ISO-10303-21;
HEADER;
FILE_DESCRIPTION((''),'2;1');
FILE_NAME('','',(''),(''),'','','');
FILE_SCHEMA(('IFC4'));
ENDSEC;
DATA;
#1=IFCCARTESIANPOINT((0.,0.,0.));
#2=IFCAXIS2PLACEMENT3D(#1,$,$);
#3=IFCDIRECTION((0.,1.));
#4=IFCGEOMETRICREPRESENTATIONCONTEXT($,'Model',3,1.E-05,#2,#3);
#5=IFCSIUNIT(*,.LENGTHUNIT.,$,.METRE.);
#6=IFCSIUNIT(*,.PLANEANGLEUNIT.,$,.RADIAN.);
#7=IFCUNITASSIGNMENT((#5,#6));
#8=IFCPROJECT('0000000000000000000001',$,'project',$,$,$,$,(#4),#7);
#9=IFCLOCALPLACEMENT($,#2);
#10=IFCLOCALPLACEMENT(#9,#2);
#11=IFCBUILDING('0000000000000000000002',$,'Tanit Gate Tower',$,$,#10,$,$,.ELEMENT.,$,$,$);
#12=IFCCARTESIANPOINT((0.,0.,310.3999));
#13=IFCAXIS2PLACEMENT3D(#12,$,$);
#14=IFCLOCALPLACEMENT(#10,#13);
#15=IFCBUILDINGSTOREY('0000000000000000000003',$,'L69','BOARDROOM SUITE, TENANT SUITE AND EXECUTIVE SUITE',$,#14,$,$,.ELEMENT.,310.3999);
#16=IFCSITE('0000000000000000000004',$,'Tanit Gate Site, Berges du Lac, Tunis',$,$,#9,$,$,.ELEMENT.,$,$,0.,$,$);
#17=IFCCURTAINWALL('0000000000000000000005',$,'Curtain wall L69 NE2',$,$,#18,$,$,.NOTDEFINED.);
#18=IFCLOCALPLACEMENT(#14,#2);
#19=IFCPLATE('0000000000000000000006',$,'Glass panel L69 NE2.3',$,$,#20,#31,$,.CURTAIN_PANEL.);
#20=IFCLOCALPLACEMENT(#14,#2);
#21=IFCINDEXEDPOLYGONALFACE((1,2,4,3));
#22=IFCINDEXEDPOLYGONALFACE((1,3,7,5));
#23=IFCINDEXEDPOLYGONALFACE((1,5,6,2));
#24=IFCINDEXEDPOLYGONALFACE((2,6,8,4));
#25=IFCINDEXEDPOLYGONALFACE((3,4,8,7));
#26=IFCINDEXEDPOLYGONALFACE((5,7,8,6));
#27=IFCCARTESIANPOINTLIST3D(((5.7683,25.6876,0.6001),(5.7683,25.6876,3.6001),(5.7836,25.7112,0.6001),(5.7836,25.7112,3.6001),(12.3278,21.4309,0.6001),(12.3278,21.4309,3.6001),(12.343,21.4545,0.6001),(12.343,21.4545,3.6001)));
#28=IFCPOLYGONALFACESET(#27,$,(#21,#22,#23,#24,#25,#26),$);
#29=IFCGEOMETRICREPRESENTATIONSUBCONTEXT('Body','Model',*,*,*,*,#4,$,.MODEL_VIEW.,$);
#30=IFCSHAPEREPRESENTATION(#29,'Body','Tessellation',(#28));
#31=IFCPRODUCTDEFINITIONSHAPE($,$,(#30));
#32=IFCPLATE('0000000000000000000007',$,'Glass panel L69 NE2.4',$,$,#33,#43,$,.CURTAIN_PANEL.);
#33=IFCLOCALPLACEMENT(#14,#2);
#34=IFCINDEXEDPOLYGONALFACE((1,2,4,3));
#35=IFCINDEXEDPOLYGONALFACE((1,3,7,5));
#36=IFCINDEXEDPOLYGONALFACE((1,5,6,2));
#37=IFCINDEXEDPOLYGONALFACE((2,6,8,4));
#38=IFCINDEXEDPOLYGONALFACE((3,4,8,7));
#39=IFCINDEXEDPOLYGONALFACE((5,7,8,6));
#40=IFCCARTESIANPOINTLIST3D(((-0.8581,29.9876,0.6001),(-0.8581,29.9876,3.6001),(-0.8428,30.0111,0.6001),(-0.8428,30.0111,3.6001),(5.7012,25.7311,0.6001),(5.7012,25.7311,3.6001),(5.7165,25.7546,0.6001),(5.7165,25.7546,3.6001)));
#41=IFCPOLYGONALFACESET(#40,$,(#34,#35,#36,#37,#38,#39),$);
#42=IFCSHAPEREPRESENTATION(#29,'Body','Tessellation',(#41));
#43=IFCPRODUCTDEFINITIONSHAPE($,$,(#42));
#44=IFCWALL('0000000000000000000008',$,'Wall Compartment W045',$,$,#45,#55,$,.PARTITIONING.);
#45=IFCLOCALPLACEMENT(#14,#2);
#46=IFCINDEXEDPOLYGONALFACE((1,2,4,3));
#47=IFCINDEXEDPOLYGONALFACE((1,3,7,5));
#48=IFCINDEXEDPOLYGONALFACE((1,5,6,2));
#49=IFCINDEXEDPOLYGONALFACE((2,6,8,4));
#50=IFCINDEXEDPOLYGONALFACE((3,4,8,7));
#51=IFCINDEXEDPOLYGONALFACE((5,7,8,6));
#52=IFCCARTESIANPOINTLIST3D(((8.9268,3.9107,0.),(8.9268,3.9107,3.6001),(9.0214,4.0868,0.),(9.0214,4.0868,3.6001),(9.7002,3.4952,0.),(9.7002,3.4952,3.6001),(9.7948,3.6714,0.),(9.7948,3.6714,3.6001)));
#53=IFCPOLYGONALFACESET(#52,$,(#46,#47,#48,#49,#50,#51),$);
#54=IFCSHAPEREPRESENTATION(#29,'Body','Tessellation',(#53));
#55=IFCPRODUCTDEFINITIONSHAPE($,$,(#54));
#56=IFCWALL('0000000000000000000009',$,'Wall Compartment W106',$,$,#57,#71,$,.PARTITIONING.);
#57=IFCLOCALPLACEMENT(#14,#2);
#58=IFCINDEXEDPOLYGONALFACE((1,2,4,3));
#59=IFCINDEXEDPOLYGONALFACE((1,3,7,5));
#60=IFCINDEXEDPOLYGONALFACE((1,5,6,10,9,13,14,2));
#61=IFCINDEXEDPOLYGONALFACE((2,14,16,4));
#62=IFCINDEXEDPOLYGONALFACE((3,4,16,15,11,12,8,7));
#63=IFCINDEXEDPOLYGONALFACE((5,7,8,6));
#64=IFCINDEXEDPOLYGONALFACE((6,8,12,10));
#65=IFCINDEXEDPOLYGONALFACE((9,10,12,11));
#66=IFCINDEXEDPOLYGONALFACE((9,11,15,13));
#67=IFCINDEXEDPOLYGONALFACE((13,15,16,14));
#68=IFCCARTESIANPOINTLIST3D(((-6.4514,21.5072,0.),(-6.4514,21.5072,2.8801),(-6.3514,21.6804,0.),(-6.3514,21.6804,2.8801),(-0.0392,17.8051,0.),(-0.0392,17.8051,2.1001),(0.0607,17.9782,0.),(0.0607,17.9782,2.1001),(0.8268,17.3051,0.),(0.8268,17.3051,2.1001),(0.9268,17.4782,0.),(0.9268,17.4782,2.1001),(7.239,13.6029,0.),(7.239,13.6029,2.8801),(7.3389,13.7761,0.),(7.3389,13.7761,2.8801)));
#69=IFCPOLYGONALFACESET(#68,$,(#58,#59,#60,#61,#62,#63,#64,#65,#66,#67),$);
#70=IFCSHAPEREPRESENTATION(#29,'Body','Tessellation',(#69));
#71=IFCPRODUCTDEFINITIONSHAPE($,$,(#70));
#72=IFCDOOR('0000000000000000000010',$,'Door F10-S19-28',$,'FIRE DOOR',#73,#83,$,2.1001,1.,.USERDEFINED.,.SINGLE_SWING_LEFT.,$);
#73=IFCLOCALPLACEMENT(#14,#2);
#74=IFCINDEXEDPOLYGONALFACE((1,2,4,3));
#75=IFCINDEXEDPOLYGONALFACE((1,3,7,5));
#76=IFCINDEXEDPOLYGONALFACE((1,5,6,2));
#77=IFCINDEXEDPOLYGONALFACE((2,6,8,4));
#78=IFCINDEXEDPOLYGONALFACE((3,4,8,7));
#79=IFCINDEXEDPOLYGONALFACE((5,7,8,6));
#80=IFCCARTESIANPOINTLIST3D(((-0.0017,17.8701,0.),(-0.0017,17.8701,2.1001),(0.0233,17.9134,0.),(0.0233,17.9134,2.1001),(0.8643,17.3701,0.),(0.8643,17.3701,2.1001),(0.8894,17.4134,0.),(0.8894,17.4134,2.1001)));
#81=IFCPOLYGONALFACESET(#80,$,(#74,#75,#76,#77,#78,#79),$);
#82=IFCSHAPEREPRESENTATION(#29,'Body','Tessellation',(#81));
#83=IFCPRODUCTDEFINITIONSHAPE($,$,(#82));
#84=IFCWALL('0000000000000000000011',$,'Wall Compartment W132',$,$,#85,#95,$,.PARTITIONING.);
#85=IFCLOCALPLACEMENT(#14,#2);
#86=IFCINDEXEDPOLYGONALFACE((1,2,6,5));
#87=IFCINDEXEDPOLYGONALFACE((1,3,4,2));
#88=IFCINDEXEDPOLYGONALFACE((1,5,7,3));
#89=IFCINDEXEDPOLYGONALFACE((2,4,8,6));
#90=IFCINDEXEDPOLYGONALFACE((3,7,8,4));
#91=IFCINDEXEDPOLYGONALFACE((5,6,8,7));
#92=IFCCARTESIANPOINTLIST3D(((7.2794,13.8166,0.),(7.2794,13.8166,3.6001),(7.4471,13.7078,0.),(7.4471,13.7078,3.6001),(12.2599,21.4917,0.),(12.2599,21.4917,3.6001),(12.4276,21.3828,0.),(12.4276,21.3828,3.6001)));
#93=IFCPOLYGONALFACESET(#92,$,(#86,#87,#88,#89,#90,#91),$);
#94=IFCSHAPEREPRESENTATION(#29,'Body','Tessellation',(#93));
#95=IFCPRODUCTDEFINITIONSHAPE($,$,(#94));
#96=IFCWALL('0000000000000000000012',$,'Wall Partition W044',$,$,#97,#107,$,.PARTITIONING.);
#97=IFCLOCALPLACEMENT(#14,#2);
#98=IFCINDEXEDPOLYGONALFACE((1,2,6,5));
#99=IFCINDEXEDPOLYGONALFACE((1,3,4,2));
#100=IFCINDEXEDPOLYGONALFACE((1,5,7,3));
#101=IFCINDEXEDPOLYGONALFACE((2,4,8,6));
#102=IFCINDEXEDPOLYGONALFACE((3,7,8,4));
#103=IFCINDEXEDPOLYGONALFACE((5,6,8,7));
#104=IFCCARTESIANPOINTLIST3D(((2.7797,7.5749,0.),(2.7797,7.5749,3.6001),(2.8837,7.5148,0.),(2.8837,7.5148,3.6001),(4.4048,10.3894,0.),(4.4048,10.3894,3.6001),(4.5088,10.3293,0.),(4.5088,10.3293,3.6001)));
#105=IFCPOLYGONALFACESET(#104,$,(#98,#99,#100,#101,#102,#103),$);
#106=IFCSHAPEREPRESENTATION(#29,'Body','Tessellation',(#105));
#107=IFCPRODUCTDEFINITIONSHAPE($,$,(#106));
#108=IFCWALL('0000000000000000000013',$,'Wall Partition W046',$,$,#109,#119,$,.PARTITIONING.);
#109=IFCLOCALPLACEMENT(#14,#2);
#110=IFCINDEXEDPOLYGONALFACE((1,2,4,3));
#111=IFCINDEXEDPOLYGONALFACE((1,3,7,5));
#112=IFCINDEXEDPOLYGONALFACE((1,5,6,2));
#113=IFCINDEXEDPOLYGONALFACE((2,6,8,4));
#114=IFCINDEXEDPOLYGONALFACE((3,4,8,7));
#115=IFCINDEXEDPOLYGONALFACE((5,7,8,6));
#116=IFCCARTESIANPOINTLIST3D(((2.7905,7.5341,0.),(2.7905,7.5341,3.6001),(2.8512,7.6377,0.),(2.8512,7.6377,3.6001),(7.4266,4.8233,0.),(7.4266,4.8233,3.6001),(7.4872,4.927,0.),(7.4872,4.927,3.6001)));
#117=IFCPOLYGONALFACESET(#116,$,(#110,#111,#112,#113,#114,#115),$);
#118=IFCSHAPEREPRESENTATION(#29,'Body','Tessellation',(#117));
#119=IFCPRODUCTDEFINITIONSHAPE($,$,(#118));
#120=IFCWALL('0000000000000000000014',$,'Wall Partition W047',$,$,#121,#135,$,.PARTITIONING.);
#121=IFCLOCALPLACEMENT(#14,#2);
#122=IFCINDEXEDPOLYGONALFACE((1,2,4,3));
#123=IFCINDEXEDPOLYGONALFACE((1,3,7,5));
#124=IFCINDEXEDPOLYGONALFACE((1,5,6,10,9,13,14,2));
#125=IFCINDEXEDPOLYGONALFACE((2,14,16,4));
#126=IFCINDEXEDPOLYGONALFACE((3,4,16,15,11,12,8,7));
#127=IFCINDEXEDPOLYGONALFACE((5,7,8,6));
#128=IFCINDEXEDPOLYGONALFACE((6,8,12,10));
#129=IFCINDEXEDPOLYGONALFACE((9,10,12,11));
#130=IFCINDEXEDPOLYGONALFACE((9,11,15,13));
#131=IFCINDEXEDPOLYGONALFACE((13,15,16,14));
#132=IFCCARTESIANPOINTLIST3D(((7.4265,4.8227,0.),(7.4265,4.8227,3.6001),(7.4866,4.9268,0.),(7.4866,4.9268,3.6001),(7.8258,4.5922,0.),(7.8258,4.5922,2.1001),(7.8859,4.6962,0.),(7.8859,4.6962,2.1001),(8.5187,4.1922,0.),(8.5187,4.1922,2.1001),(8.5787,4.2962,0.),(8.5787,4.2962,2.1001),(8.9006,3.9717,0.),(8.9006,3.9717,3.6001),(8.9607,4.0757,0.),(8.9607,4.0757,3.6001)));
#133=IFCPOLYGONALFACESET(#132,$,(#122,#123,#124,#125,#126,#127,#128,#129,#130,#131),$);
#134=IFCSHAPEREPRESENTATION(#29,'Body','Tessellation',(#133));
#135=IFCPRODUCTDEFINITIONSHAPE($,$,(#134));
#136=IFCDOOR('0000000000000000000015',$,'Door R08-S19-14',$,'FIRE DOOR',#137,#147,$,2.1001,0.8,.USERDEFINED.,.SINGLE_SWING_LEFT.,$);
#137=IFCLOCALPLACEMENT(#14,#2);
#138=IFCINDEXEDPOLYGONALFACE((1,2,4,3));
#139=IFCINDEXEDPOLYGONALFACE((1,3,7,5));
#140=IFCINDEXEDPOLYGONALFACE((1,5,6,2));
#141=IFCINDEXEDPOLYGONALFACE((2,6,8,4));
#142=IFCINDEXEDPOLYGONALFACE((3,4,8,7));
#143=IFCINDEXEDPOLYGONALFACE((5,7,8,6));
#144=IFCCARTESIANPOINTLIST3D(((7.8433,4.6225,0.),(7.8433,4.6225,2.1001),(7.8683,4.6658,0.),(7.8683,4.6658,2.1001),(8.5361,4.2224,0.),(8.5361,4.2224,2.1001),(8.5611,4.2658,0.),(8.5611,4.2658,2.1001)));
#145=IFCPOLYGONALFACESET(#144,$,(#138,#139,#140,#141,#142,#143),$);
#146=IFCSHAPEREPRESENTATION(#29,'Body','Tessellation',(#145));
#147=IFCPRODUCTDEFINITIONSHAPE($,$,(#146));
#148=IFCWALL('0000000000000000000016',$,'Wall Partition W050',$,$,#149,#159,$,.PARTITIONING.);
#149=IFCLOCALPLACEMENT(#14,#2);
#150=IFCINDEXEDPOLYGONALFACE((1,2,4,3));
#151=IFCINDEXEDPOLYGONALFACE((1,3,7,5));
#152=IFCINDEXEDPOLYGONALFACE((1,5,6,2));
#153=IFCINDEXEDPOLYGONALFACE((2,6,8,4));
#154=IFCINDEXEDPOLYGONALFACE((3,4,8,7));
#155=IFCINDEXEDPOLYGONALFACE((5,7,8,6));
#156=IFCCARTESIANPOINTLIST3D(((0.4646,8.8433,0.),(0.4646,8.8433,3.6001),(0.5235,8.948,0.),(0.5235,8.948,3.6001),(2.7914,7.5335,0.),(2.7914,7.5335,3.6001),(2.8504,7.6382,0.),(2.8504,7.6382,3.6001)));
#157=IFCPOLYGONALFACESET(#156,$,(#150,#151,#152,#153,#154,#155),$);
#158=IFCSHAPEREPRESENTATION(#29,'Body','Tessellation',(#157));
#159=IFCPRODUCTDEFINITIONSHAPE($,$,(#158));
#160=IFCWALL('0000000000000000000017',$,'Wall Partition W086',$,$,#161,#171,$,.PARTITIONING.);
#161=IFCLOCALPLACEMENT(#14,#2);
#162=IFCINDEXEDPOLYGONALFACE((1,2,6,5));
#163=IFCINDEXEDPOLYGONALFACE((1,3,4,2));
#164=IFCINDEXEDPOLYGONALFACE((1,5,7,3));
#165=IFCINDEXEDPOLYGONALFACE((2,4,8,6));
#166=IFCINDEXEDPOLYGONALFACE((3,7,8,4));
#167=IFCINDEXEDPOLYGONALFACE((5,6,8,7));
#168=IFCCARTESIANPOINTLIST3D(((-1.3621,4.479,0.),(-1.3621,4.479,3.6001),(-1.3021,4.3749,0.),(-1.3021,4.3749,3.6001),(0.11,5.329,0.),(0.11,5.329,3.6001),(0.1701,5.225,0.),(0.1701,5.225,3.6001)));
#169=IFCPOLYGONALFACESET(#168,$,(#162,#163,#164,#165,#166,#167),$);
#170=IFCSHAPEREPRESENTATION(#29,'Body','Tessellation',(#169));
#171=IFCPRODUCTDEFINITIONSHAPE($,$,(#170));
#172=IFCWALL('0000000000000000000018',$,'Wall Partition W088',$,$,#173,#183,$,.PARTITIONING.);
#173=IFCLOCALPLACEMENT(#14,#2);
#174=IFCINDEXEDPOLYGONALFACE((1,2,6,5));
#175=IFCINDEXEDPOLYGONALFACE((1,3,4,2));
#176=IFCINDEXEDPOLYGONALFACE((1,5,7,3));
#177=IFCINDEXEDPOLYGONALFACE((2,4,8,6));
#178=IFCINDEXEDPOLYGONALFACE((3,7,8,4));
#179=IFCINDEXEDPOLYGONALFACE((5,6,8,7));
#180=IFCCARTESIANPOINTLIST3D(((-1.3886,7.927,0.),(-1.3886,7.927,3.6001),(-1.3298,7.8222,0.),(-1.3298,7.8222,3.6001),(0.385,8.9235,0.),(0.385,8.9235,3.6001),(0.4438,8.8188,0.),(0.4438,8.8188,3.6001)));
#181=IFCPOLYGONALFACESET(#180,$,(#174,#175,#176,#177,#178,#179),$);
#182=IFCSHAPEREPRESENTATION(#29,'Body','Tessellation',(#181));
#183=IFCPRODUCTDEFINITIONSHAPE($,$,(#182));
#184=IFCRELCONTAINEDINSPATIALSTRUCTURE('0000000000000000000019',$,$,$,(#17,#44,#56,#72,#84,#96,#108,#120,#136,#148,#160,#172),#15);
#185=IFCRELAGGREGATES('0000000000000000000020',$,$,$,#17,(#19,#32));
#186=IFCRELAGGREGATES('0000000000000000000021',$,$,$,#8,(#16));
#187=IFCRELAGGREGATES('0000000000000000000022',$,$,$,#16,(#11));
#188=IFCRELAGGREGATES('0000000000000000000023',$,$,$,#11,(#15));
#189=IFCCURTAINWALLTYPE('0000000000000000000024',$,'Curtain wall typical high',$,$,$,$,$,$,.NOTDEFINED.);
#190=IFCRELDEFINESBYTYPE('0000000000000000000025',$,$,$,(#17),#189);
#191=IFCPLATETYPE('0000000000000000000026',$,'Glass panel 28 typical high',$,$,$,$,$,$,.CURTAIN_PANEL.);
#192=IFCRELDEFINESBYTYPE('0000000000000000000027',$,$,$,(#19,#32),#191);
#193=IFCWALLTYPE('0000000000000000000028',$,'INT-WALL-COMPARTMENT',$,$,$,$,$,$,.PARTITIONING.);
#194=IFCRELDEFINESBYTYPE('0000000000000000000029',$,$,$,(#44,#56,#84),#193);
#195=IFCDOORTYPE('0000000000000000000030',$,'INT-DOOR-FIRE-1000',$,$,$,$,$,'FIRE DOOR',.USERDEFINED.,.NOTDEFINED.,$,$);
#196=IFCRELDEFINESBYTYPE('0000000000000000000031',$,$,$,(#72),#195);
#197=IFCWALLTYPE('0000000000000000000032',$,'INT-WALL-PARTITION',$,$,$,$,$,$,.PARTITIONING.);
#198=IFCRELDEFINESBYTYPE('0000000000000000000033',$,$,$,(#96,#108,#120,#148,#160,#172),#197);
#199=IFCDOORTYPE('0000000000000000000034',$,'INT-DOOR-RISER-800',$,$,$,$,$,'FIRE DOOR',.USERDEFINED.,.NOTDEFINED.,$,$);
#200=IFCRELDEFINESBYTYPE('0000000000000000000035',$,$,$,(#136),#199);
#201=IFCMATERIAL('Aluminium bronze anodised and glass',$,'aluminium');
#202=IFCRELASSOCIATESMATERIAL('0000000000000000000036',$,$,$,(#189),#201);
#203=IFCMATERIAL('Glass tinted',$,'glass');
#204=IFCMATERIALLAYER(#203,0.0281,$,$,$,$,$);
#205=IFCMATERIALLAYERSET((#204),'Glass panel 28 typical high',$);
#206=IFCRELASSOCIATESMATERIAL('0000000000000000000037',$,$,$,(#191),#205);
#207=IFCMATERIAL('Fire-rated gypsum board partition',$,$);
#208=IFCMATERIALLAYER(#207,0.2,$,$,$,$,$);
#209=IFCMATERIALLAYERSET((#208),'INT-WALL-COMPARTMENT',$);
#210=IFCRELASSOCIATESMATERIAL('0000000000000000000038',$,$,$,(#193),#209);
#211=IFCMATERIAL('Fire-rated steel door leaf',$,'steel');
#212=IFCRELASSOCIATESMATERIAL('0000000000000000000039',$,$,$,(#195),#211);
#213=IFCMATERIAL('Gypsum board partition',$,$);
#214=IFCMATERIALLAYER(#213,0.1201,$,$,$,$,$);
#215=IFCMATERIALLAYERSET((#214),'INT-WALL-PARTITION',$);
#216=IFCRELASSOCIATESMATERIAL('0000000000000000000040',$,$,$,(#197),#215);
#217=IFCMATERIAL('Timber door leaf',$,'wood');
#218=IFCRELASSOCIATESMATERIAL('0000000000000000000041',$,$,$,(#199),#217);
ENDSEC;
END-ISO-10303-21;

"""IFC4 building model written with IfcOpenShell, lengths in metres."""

from ifc_helpers import new_model, si_unit, direction, frame, frame_2d, origin, origin_2d, place, context, subcontext, project, spatial, rectangle, extrude, material, layer, layer_set, type_object, element, fill, aggregate, save


model = new_model("IFC4")

# Units and contexts
model_context = context("Model", 3, precision=1e-05, world=origin(), true_north=direction((0.0, 1.0)))
body_context = subcontext(model_context, "Body", "Model", "MODEL_VIEW")
ifc_project = project(units=[si_unit("LENGTHUNIT", "METRE"), si_unit("PLANEANGLEUNIT", "RADIAN")], contexts=[model_context])

# Site, building, storey
site_placement = place(None, origin())
site = spatial("IfcSite", under=ifc_project, at=site_placement, Name="Tanit Gate Site, Berges du Lac, Tunis", CompositionType="ELEMENT", RefElevation=0.0)
building_placement = place(site_placement, origin())
building = spatial("IfcBuilding", under=site, at=building_placement, Name="Tanit Gate Tower", CompositionType="ELEMENT")
storey_placement = place(building_placement, frame((0.0, 0.0, 310.3999)))
storey = spatial("IfcBuildingStorey", under=building, at=storey_placement, Name="L69", Description="BOARDROOM SUITE, TENANT SUITE AND EXECUTIVE SUITE", CompositionType="ELEMENT", Elevation=310.3999)

# Curtain wall
ifc_material_1 = material(Name="Aluminium bronze anodised and glass", Category="aluminium")
curtain_wall_type = type_object("IfcCurtainWallType", Name="Curtain wall typical high", PredefinedType="NOTDEFINED", material=ifc_material_1)
curtain_wall_1_placement = place(storey_placement, origin())
curtain_wall_1 = element("IfcCurtainWall", 1, at=curtain_wall_1_placement, inside=storey, type_object=curtain_wall_type, Name="Curtain wall L69 NE2", PredefinedType="NOTDEFINED")

# Plates
ifc_material_2 = material(Name="Glass tinted", Category="glass")
ifc_layer_1 = layer(ifc_material_2, 0.0281)
ifc_layer_set_1 = layer_set([ifc_layer_1], Name="Glass panel 28 typical high")
plate_type = type_object("IfcPlateType", Name="Glass panel 28 typical high", PredefinedType="CURTAIN_PANEL", material=ifc_layer_set_1)
plate_1_placement = place(storey_placement, frame((9.0557, 23.571, 0.6001), z_axis=(0.0, 0.0, 1.0), x_axis=(-0.838852, 0.544359, 0.0)))
plate_1 = element("IfcPlate", 2, at=plate_1_placement, type_object=plate_type, Name="Glass panel L69 NE2.3", PredefinedType="CURTAIN_PANEL", context=body_context, shape_type="SweptSolid", body=[
    extrude(rectangle(XDim=7.8196, YDim=0.0281, at=origin_2d()), origin(), (0.0, 0.0, 1.0), 3.0),
])
plate_2_placement = place(storey_placement, frame((2.4292, 27.8711, 0.6001), z_axis=(0.0, 0.0, 1.0), x_axis=(-0.838852, 0.544359, 0.0)))
plate_2 = element("IfcPlate", 3, at=plate_2_placement, type_object=plate_type, Name="Glass panel L69 NE2.4", PredefinedType="CURTAIN_PANEL", context=body_context, shape_type="SweptSolid", body=[
    extrude(rectangle(XDim=7.8193, YDim=0.0281, at=origin_2d()), origin(), (0.0, 0.0, 1.0), 3.0),
])
aggregate(curtain_wall_1, [plate_1, plate_2])

# Wall
ifc_material_3 = material(Name="Fire-rated gypsum board partition")
ifc_layer_2 = layer(ifc_material_3, 0.2)
ifc_layer_set_2 = layer_set([ifc_layer_2], Name="INT-WALL-COMPARTMENT")
wall_type_1 = type_object("IfcWallType", Name="INT-WALL-COMPARTMENT", PredefinedType="PARTITIONING", material=ifc_layer_set_2)
wall_1_placement = place(storey_placement, frame((8.9741, 3.9988, 0.0), z_axis=(0.0, 0.0, 1.0), x_axis=(0.880917, -0.473271, 0.0)))
element("IfcWall", 4, at=wall_1_placement, inside=storey, type_object=wall_type_1, Name="Wall Compartment W045", PredefinedType="PARTITIONING", context=body_context, shape_type="SweptSolid", body=[
    extrude(rectangle(XDim=0.8779, YDim=0.2, at=frame_2d((0.439, 0.0))), origin(), (0.0, 0.0, 1.0), 3.6001),
])

# Wall, opening, door
wall_2_placement = place(storey_placement, frame((7.2891, 13.6895, 0.0), z_axis=(0.0, 0.0, 1.0), x_axis=(-0.866022, 0.500006, 0.0)))
wall_2 = element("IfcWall", 5, at=wall_2_placement, inside=storey, type_object=wall_type_1, Name="Wall Compartment W106", PredefinedType="PARTITIONING", context=body_context, shape_type="SweptSolid", body=[
    extrude(rectangle(XDim=15.8083, YDim=0.2, at=frame_2d((7.9043, 0.0))), origin(), (0.0, 0.0, 1.0), 2.8801),
])
opening_1_placement = place(wall_2_placement, frame((7.4043, 0.0, 0.0)))
opening_1 = element("IfcOpeningElement", 6, at=opening_1_placement, cuts=wall_2, PredefinedType="OPENING", context=body_context, shape_type="SweptSolid", body=[
    extrude(rectangle(XDim=1.0, YDim=2.1001, at=frame_2d((0.5, 1.05))), frame((0.0, 0.1099, 0.0), z_axis=(0.0, -1.0, 0.0), x_axis=(1.0, 0.0, 0.0)), (0.0, 0.0, 1.0), 0.22),
])
ifc_material_4 = material(Name="Fire-rated steel door leaf", Category="steel")
door_type_1 = type_object("IfcDoorType", Name="INT-DOOR-FIRE-1000", ElementType="FIRE DOOR", OperationType="NOTDEFINED", PredefinedType="USERDEFINED", material=ifc_material_4)
door_1_placement = place(opening_1_placement, origin())
door_1 = element("IfcDoor", 7, at=door_1_placement, inside=storey, type_object=door_type_1, Name="Door F10-S19-28", ObjectType="FIRE DOOR", OperationType="SINGLE_SWING_LEFT", OverallHeight=2.1001, OverallWidth=1.0, PredefinedType="USERDEFINED", context=body_context, shape_type="SweptSolid", body=[
    extrude(rectangle(XDim=1.0, YDim=2.1001, at=frame_2d((0.5, 1.05))), frame((0.0, 0.0249, 0.0), z_axis=(0.0, -1.0, 0.0), x_axis=(1.0, 0.0, 0.0)), (0.0, 0.0, 1.0), 0.05),
])
fill(opening_1, door_1)

# Walls
wall_3_placement = place(storey_placement, frame((7.3633, 13.7622, 0.0), z_axis=(0.0, 0.0, 1.0), x_axis=(0.544349, 0.838859, 0.0)))
element("IfcWall", 8, at=wall_3_placement, inside=storey, type_object=wall_type_1, Name="Wall Compartment W132", PredefinedType="PARTITIONING", context=body_context, shape_type="SweptSolid", body=[
    extrude(rectangle(XDim=9.1494, YDim=0.2, at=frame_2d((4.5747, 0.0))), origin(), (0.0, 0.0, 1.0), 3.6001),
])
ifc_material_5 = material(Name="Gypsum board partition")
ifc_layer_3 = layer(ifc_material_5, 0.1201)
ifc_layer_set_3 = layer_set([ifc_layer_3], Name="INT-WALL-PARTITION")
wall_type_2 = type_object("IfcWallType", Name="INT-WALL-PARTITION", PredefinedType="PARTITIONING", material=ifc_layer_set_3)
wall_4_placement = place(storey_placement, frame((4.4568, 10.3594, 0.0), z_axis=(0.0, 0.0, 1.0), x_axis=(-0.500017, -0.866015, 0.0)))
element("IfcWall", 9, at=wall_4_placement, inside=storey, type_object=wall_type_2, Name="Wall Partition W044", PredefinedType="PARTITIONING", context=body_context, shape_type="SweptSolid", body=[
    extrude(rectangle(XDim=3.25, YDim=0.1201, at=frame_2d((1.625, 0.0))), origin(), (0.0, 0.0, 1.0), 3.6001),
])
wall_5_placement = place(storey_placement, frame((7.4568, 4.8752, 0.0), z_axis=(0.0, 0.0, 1.0), x_axis=(-0.863262, 0.504755, 0.0)))
element("IfcWall", 10, at=wall_5_placement, inside=storey, type_object=wall_type_2, Name="Wall Partition W046", PredefinedType="PARTITIONING", context=body_context, shape_type="SweptSolid", body=[
    extrude(rectangle(XDim=5.3704, YDim=0.1201, at=frame_2d((2.6851, 0.0))), origin(), (0.0, 0.0, 1.0), 3.6001),
])

# Wall, opening, door
wall_6_placement = place(storey_placement, frame((7.4565, 4.8748, 0.0), z_axis=(0.0, 0.0, 1.0), x_axis=(0.866028, -0.499996, 0.0)))
wall_6 = element("IfcWall", 11, at=wall_6_placement, inside=storey, type_object=wall_type_2, Name="Wall Partition W047", PredefinedType="PARTITIONING", context=body_context, shape_type="SweptSolid", body=[
    extrude(rectangle(XDim=1.7021, YDim=0.1201, at=frame_2d((0.8511, 0.0))), origin(), (0.0, 0.0, 1.0), 3.6001),
])
opening_2_placement = place(wall_6_placement, frame((0.4612, 0.0, 0.0)))
opening_2 = element("IfcOpeningElement", 12, at=opening_2_placement, cuts=wall_6, PredefinedType="OPENING", context=body_context, shape_type="SweptSolid", body=[
    extrude(rectangle(XDim=0.8, YDim=2.1001, at=frame_2d((0.3999, 1.05))), frame((0.0, 0.0701, 0.0), z_axis=(0.0, -1.0, 0.0), x_axis=(1.0, 0.0, 0.0)), (0.0, 0.0, 1.0), 0.1401),
])
ifc_material_6 = material(Name="Timber door leaf", Category="wood")
door_type_2 = type_object("IfcDoorType", Name="INT-DOOR-RISER-800", ElementType="FIRE DOOR", OperationType="NOTDEFINED", PredefinedType="USERDEFINED", material=ifc_material_6)
door_2_placement = place(opening_2_placement, origin())
door_2 = element("IfcDoor", 13, at=door_2_placement, inside=storey, type_object=door_type_2, Name="Door R08-S19-14", ObjectType="FIRE DOOR", OperationType="SINGLE_SWING_LEFT", OverallHeight=2.1001, OverallWidth=0.8, PredefinedType="USERDEFINED", context=body_context, shape_type="SweptSolid", body=[
    extrude(rectangle(XDim=0.8, YDim=2.1001, at=frame_2d((0.3999, 1.05))), frame((0.0, 0.0249, 0.0), z_axis=(0.0, -1.0, 0.0), x_axis=(1.0, 0.0, 0.0)), (0.0, 0.0, 1.0), 0.05),
])
fill(opening_2, door_2)

# Walls
wall_7_placement = place(storey_placement, frame((2.8208, 7.5859, 0.0), z_axis=(0.0, 0.0, 1.0), x_axis=(-0.871427, 0.490526, 0.0)))
element("IfcWall", 14, at=wall_7_placement, inside=storey, type_object=wall_type_2, Name="Wall Partition W050", PredefinedType="PARTITIONING", context=body_context, shape_type="SweptSolid", body=[
    extrude(rectangle(XDim=2.6702, YDim=0.1201, at=frame_2d((1.335, 0.0))), origin(), (0.0, 0.0, 1.0), 3.6001),
])
wall_8_placement = place(storey_placement, frame((0.1401, 5.2771, 0.0), z_axis=(0.0, 0.0, 1.0), x_axis=(-0.865989, -0.500062, 0.0)))
element("IfcWall", 15, at=wall_8_placement, inside=storey, type_object=wall_type_2, Name="Wall Partition W086", PredefinedType="PARTITIONING", context=body_context, shape_type="SweptSolid", body=[
    extrude(rectangle(XDim=1.7, YDim=0.1201, at=frame_2d((0.8501, 0.0))), origin(), (0.0, 0.0, 1.0), 3.6001),
])
wall_9_placement = place(storey_placement, frame((0.4143, 8.8711, 0.0), z_axis=(0.0, 0.0, 1.0), x_axis=(-0.871809, -0.489845, 0.0)))
element("IfcWall", 16, at=wall_9_placement, inside=storey, type_object=wall_type_2, Name="Wall Partition W088", PredefinedType="PARTITIONING", context=body_context, shape_type="SweptSolid", body=[
    extrude(rectangle(XDim=2.0344, YDim=0.1201, at=frame_2d((1.0171, 0.0))), origin(), (0.0, 0.0, 1.0), 3.6001),
])

save(model, "model.ifc")
